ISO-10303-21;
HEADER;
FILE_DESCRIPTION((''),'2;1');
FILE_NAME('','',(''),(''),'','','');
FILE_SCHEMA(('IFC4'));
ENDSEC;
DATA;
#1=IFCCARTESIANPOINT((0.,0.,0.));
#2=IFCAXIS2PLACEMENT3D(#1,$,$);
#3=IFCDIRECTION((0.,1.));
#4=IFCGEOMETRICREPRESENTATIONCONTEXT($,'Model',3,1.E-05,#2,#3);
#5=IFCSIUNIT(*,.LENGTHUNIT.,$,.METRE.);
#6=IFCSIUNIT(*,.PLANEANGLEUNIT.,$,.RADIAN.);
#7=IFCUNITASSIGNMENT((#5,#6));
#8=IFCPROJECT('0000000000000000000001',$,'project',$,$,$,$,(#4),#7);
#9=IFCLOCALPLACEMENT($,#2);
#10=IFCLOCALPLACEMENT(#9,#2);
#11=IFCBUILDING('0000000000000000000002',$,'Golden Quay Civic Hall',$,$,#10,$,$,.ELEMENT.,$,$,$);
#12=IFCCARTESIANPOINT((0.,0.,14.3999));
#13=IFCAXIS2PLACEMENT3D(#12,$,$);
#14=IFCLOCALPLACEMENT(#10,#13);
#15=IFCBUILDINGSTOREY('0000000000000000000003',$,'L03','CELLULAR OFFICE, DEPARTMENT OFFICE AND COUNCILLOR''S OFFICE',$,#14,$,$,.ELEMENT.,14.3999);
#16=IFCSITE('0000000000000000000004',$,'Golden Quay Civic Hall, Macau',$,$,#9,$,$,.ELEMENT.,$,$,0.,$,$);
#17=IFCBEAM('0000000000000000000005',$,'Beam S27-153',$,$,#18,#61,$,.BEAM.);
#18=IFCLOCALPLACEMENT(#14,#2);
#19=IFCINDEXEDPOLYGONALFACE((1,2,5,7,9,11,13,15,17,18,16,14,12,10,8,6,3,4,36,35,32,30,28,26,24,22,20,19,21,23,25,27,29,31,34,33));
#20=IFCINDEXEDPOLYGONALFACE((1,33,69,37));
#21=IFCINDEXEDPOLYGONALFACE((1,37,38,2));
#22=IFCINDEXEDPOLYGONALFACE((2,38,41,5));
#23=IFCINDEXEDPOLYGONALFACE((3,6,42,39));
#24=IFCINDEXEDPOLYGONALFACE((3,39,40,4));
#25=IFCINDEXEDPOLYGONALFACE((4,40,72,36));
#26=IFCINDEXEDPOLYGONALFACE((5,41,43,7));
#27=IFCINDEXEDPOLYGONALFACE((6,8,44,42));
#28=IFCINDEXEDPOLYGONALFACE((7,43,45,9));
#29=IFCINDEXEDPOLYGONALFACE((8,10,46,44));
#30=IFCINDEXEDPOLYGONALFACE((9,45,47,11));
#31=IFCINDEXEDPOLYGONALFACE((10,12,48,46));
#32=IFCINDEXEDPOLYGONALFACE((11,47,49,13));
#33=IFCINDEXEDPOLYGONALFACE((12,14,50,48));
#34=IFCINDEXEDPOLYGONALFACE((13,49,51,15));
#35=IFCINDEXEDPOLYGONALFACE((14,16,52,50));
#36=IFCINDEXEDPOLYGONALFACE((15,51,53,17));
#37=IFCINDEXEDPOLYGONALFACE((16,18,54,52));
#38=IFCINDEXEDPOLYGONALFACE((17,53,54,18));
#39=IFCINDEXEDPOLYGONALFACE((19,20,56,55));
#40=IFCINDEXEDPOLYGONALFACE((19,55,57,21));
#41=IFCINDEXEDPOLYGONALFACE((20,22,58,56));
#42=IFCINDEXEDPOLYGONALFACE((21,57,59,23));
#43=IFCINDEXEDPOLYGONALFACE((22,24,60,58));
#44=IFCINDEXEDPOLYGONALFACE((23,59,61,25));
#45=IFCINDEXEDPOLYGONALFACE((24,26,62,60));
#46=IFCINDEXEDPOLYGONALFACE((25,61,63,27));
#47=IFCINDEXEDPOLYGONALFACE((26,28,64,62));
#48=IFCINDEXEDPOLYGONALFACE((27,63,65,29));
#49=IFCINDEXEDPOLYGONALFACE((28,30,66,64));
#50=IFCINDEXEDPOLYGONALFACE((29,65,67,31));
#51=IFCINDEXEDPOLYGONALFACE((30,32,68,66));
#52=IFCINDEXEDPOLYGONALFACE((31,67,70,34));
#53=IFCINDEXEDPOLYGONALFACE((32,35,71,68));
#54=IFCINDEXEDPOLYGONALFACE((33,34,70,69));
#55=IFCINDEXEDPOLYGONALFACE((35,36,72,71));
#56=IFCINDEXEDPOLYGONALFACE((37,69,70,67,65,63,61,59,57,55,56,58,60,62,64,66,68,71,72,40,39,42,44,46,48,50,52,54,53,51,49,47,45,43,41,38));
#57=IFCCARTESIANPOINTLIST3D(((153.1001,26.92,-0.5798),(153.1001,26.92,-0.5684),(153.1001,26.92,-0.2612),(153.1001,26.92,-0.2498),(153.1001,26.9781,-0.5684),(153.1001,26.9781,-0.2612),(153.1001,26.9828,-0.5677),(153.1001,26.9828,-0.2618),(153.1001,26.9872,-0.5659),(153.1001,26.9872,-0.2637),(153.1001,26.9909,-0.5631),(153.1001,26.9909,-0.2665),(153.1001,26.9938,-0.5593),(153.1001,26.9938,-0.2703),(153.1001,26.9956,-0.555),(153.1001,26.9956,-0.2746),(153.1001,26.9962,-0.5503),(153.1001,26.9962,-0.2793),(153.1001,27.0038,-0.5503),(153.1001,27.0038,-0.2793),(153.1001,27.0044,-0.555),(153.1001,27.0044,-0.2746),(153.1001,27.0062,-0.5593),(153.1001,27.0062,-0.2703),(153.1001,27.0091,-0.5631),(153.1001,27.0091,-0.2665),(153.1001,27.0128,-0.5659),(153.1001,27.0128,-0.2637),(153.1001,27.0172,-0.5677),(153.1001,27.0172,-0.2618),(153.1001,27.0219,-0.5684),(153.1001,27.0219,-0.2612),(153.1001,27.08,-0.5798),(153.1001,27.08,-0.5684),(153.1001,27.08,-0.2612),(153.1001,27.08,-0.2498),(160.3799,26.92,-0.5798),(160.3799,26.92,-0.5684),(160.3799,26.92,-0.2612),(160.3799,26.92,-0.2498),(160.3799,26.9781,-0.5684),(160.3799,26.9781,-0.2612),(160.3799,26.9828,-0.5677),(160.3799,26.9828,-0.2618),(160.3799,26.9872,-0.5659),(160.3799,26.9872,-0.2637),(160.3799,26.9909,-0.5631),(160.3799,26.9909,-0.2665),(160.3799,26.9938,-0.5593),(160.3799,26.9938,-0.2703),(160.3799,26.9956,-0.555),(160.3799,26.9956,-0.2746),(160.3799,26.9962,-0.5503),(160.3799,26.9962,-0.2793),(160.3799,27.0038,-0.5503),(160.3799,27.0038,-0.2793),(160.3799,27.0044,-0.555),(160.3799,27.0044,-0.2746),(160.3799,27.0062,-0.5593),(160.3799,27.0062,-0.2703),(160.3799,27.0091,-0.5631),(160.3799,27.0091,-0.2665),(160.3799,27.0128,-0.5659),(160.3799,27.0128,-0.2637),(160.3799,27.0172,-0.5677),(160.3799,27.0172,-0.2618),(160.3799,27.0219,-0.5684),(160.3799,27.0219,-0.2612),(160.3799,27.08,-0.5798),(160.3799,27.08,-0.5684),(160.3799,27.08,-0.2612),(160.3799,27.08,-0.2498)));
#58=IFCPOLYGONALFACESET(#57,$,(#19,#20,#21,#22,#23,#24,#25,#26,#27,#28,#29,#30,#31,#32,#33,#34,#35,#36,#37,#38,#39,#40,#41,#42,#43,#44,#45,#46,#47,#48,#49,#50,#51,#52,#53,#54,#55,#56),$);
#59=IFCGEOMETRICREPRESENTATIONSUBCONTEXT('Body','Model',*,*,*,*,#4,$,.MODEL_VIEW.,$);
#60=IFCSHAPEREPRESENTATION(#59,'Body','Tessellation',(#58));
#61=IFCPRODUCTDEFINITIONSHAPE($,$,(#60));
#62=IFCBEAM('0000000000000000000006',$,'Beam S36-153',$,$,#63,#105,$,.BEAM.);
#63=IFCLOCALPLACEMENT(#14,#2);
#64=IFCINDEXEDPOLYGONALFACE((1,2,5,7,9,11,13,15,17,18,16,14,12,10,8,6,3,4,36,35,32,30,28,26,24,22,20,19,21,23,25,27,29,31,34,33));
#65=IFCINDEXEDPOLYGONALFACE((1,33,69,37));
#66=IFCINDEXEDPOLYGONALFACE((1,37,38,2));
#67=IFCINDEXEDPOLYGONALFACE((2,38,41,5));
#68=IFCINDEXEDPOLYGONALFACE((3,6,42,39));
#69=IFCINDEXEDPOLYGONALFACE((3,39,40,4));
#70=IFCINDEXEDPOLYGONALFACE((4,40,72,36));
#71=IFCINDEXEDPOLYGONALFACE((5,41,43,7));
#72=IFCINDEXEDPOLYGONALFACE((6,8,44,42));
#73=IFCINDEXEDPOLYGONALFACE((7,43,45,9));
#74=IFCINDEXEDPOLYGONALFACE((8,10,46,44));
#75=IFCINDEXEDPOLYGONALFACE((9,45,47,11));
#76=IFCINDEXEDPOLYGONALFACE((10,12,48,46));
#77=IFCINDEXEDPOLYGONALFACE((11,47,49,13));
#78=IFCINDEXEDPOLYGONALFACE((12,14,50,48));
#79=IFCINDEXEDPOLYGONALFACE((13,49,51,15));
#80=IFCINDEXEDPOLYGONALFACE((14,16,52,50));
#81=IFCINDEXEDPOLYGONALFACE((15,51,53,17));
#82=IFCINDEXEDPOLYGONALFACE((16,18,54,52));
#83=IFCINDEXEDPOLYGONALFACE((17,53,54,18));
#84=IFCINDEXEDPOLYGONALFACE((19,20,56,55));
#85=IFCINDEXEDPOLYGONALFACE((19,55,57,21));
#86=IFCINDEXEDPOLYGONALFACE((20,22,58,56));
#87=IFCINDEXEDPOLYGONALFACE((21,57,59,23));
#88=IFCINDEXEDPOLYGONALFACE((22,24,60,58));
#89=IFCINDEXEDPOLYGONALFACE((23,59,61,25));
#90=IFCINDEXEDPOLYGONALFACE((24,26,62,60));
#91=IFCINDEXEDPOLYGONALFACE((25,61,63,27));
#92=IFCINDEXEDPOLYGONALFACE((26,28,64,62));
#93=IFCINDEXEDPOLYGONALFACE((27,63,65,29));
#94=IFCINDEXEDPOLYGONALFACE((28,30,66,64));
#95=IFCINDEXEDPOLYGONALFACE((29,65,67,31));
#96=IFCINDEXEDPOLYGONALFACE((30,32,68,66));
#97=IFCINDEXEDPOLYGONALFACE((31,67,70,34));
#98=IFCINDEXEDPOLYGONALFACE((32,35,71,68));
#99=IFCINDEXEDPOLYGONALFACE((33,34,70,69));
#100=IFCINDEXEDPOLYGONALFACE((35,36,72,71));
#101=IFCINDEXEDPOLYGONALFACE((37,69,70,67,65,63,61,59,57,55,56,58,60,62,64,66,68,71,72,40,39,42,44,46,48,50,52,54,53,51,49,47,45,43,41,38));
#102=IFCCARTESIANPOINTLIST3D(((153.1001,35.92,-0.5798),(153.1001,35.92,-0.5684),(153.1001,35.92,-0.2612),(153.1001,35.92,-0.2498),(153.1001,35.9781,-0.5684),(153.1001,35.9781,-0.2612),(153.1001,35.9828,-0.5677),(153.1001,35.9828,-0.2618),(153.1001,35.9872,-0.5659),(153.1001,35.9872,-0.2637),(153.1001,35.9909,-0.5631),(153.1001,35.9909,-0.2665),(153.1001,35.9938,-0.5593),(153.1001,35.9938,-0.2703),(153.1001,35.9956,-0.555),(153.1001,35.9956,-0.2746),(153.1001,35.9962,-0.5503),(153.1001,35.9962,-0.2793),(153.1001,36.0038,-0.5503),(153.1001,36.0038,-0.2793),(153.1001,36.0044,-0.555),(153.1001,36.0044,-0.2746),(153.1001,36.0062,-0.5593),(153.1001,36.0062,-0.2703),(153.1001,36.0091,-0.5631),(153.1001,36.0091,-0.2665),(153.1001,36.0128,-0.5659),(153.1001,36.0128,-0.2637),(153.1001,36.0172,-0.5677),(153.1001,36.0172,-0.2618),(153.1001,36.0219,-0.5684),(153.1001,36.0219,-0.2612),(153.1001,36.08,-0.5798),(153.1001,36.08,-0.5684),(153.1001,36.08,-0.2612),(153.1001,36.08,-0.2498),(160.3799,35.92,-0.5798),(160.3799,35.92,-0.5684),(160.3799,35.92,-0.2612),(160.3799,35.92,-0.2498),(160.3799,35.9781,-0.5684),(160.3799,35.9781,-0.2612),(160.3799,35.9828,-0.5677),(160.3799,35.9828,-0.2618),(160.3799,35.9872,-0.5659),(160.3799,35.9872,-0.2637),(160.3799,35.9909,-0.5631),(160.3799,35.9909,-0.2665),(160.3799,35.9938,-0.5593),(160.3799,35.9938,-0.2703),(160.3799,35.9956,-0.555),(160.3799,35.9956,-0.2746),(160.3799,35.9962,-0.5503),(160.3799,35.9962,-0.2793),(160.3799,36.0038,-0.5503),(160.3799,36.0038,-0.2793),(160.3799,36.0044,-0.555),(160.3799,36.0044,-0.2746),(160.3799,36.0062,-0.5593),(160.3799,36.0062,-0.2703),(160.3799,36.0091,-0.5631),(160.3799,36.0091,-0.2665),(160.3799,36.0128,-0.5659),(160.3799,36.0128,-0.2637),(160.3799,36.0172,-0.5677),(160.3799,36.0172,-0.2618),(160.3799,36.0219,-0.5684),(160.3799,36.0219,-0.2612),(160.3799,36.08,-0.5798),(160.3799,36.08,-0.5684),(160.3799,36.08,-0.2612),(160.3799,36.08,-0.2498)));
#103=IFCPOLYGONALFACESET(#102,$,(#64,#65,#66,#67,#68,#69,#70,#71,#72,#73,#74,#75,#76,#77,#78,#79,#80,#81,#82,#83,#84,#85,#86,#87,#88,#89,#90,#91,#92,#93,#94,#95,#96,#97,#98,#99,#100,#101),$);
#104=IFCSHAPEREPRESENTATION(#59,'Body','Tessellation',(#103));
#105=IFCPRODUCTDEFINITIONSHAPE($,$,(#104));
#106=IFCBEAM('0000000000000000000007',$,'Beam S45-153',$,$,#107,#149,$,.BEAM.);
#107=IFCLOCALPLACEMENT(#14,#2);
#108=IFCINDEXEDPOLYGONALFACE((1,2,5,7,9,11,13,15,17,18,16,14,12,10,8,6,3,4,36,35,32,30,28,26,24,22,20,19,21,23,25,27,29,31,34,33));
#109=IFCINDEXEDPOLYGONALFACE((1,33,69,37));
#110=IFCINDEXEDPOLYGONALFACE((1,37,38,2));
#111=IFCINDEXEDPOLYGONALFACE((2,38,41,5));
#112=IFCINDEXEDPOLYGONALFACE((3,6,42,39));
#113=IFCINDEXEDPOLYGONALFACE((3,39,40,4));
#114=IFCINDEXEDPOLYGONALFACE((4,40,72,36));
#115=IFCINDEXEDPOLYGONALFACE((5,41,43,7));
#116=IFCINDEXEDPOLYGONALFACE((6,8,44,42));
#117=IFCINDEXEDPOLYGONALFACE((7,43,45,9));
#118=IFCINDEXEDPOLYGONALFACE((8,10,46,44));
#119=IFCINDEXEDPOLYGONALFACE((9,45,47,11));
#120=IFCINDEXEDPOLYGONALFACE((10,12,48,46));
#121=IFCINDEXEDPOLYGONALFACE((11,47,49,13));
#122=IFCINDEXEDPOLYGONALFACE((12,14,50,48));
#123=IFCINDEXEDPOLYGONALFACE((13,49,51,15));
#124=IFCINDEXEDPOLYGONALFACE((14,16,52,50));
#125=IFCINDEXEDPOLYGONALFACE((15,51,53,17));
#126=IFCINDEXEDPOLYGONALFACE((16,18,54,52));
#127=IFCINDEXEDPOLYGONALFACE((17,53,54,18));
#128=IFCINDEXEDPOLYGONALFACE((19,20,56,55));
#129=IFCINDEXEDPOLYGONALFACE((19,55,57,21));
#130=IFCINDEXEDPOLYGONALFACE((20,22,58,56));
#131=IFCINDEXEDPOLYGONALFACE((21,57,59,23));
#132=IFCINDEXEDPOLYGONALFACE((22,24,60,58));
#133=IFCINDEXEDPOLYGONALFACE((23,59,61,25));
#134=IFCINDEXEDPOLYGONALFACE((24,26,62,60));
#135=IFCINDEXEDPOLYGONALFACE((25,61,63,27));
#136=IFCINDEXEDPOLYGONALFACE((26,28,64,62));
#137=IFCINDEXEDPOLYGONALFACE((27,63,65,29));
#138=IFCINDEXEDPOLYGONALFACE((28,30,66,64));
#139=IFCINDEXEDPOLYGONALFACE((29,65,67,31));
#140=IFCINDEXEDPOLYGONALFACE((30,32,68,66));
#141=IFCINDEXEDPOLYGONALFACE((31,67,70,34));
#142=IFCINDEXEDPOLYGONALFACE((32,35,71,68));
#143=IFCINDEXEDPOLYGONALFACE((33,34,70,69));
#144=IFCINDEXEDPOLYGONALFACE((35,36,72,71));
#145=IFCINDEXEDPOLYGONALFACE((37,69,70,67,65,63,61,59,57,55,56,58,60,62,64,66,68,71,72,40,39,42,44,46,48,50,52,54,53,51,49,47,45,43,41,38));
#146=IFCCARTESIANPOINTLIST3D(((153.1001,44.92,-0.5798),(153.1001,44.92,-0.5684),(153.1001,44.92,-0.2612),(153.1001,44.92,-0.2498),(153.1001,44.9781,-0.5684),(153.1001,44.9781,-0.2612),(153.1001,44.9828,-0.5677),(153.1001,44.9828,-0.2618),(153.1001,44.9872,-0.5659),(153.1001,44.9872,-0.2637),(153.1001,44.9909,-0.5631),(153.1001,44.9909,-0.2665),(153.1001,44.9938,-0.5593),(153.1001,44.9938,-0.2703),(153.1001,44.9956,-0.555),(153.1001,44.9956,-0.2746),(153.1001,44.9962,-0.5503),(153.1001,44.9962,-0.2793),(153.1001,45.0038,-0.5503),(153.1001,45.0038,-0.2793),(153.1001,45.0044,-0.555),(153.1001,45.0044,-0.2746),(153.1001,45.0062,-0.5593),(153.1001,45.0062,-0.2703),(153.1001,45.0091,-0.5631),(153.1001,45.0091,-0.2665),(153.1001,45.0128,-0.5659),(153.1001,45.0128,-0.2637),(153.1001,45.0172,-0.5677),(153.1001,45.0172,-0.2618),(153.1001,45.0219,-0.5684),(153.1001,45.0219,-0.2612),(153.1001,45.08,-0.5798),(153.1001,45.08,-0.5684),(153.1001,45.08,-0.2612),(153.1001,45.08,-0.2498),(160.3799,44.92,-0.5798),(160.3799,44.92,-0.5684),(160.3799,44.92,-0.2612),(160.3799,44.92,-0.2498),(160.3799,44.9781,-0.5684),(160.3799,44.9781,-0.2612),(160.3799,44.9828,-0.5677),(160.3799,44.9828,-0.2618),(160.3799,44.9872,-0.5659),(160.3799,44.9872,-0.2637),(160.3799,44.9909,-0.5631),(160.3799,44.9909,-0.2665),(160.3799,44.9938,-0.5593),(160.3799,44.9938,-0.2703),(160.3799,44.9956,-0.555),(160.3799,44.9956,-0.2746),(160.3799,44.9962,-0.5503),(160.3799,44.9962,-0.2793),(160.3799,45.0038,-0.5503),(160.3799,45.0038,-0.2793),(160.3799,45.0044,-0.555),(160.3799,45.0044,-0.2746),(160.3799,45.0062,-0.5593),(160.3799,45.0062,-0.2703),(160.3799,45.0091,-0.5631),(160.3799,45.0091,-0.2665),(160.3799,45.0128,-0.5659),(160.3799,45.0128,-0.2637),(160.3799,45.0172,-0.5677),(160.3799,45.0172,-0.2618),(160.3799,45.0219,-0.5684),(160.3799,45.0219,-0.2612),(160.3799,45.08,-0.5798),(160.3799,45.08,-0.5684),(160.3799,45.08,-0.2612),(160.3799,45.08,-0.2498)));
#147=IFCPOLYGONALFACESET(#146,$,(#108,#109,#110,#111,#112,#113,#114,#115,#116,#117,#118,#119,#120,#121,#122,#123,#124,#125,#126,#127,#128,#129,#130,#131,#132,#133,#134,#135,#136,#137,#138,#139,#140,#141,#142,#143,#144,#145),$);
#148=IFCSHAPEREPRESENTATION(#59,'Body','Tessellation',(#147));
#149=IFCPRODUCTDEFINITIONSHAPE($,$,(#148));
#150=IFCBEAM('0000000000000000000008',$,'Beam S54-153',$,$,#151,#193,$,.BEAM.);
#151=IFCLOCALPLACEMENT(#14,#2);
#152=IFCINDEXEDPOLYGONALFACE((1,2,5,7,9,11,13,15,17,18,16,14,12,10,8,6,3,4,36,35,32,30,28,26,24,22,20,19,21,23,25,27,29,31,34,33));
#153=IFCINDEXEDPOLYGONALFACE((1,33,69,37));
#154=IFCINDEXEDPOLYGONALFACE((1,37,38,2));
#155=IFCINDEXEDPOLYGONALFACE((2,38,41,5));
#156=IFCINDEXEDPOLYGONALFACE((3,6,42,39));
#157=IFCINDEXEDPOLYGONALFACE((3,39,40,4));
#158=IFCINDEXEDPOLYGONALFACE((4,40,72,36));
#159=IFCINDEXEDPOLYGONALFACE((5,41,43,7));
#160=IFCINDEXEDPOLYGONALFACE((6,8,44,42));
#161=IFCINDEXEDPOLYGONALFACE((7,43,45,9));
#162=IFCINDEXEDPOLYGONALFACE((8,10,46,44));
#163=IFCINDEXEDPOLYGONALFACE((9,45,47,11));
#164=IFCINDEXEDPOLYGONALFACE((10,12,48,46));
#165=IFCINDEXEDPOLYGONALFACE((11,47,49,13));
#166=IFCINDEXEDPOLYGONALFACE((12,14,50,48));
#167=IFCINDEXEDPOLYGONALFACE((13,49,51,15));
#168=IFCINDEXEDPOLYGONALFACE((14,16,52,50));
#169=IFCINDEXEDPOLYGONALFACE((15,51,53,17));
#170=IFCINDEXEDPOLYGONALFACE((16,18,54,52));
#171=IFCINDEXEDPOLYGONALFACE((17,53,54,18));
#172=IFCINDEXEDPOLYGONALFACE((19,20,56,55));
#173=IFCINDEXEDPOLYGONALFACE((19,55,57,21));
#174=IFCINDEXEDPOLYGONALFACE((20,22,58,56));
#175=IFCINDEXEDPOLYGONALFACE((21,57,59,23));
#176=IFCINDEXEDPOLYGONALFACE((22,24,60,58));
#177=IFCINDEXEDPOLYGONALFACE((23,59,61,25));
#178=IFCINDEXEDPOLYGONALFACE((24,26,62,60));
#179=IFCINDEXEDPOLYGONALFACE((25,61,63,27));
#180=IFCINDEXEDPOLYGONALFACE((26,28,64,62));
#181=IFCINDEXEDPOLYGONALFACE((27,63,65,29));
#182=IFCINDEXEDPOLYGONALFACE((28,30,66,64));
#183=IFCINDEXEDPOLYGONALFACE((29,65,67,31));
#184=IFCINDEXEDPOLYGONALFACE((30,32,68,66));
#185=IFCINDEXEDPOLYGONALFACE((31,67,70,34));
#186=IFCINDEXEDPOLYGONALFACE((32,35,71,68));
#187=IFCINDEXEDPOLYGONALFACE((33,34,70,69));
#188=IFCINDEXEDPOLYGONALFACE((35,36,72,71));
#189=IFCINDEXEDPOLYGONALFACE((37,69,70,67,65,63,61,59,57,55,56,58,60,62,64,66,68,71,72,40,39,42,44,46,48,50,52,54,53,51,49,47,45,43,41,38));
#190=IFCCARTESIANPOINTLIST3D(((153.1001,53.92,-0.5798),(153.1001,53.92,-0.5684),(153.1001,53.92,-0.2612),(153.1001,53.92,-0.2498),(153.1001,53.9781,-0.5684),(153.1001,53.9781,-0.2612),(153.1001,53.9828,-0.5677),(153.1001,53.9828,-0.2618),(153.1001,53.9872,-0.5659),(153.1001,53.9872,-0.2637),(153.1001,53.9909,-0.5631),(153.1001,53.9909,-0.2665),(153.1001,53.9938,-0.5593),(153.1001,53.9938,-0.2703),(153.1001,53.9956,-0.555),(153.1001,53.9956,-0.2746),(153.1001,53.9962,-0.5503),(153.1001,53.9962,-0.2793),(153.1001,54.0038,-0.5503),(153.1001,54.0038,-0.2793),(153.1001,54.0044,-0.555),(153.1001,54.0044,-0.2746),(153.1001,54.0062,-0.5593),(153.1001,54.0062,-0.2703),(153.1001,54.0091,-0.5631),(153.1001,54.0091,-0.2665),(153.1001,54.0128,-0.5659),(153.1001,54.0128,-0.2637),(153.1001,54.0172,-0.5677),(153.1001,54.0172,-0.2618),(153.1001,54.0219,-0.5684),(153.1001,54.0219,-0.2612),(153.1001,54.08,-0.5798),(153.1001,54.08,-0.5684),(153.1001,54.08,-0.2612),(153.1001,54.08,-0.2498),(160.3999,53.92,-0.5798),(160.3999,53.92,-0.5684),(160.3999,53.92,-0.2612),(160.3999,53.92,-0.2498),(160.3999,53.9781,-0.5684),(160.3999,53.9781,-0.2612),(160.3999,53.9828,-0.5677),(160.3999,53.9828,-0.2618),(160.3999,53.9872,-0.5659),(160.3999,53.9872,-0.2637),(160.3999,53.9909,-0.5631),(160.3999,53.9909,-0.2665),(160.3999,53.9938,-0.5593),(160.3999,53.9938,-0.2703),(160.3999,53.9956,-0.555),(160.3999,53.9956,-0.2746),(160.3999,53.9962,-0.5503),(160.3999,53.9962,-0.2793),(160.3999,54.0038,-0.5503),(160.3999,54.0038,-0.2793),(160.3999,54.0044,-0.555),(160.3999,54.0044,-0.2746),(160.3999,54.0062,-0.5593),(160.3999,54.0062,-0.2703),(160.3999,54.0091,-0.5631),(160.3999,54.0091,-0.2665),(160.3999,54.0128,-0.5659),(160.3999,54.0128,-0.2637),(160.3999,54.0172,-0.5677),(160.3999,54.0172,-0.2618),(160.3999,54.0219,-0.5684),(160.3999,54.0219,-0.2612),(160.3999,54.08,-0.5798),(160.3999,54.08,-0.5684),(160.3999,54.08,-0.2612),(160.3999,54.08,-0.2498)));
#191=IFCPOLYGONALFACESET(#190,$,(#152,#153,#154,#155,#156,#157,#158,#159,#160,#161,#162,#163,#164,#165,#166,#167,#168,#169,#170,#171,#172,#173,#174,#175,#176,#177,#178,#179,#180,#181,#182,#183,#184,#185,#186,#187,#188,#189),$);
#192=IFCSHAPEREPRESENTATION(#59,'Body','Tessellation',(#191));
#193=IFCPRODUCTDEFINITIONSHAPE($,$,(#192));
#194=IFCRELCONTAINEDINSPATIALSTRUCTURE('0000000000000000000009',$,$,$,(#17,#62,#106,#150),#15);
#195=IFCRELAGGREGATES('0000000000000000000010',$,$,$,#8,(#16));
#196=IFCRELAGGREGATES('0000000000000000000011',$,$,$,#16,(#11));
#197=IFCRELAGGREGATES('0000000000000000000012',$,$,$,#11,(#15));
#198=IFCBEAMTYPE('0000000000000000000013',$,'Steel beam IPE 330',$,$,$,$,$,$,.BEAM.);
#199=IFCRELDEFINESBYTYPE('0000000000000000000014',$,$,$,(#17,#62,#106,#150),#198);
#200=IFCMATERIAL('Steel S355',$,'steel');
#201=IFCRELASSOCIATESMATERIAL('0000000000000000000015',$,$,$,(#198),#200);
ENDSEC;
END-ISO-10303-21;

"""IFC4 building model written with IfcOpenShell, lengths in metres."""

from ifc_helpers import new_model, si_unit, direction, frame, origin, origin_2d, place, context, subcontext, project, spatial, i_section, extrude, material, material_profile, profile_set, type_object, element, save


model = new_model("IFC4")

# Units and contexts
model_context = context("Model", 3, precision=1e-05, world=origin(), true_north=direction((0.0, 1.0)))
body_context = subcontext(model_context, "Body", "Model", "MODEL_VIEW")
ifc_project = project(units=[si_unit("LENGTHUNIT", "METRE"), si_unit("PLANEANGLEUNIT", "RADIAN")], contexts=[model_context])

# Site, building, storey
site_placement = place(None, origin())
site = spatial("IfcSite", under=ifc_project, at=site_placement, Name="Golden Quay Civic Hall, Macau", CompositionType="ELEMENT", RefElevation=0.0)
building_placement = place(site_placement, origin())
building = spatial("IfcBuilding", under=site, at=building_placement, Name="Golden Quay Civic Hall", CompositionType="ELEMENT")
storey_placement = place(building_placement, frame((0.0, 0.0, 14.3999)))
storey = spatial("IfcBuildingStorey", under=building, at=storey_placement, Name="L03", Description="CELLULAR OFFICE, DEPARTMENT OFFICE AND COUNCILLOR'S OFFICE", CompositionType="ELEMENT", Elevation=14.3999)

# Beams
ifc_material_1 = material(Name="Steel S355", Category="steel")
ifc_material_profile_1 = material_profile(ifc_material_1, i_section(OverallWidth=0.1599, OverallDepth=0.3301, WebThickness=0.0076, FlangeThickness=0.0115, FilletRadius=0.0181, at=origin_2d()), Name="IPE 330")
ifc_profile_set_1 = profile_set([ifc_material_profile_1], Name="Steel S355")
beam_type_1 = type_object("IfcBeamType", Name="Steel beam IPE 330", PredefinedType="BEAM", material=ifc_profile_set_1)
for number, where, z_axis, x_axis, name in (
    (1, (153.1001, 27.0, -0.4148), (1.0, 0.0, 0.0), (0.0, 1.0, 0.0), "Beam S27-153"),
    (2, (153.1001, 36.0, -0.4148), (1.0, 0.0, 0.0), (0.0, 1.0, 0.0), "Beam S36-153"),
    (3, (153.1001, 45.0, -0.4148), (1.0, 0.0, 0.0), (0.0, 1.0, 0.0), "Beam S45-153"),
):
    element("IfcBeam", number, at=place(storey_placement, frame(where, z_axis=z_axis, x_axis=x_axis)), inside=storey, type_object=beam_type_1, Name=name, PredefinedType="BEAM", context=body_context, shape_type="SweptSolid", body=[
        extrude(i_section(OverallWidth=0.1599, OverallDepth=0.3301, WebThickness=0.0076, FlangeThickness=0.0115, FilletRadius=0.0181, at=origin_2d()), origin(), (0.0, 0.0, 1.0), 7.2798),
    ])
beam_1_placement = place(storey_placement, frame((153.1001, 54.0, -0.4148), z_axis=(1.0, 0.0, 0.0), x_axis=(0.0, 1.0, 0.0)))
element("IfcBeam", 4, at=beam_1_placement, inside=storey, type_object=beam_type_1, Name="Beam S54-153", PredefinedType="BEAM", context=body_context, shape_type="SweptSolid", body=[
    extrude(i_section(OverallWidth=0.1599, OverallDepth=0.3301, WebThickness=0.0076, FlangeThickness=0.0115, FilletRadius=0.0181, at=origin_2d()), origin(), (0.0, 0.0, 1.0), 7.2998),
])

save(model, "model.ifc")
